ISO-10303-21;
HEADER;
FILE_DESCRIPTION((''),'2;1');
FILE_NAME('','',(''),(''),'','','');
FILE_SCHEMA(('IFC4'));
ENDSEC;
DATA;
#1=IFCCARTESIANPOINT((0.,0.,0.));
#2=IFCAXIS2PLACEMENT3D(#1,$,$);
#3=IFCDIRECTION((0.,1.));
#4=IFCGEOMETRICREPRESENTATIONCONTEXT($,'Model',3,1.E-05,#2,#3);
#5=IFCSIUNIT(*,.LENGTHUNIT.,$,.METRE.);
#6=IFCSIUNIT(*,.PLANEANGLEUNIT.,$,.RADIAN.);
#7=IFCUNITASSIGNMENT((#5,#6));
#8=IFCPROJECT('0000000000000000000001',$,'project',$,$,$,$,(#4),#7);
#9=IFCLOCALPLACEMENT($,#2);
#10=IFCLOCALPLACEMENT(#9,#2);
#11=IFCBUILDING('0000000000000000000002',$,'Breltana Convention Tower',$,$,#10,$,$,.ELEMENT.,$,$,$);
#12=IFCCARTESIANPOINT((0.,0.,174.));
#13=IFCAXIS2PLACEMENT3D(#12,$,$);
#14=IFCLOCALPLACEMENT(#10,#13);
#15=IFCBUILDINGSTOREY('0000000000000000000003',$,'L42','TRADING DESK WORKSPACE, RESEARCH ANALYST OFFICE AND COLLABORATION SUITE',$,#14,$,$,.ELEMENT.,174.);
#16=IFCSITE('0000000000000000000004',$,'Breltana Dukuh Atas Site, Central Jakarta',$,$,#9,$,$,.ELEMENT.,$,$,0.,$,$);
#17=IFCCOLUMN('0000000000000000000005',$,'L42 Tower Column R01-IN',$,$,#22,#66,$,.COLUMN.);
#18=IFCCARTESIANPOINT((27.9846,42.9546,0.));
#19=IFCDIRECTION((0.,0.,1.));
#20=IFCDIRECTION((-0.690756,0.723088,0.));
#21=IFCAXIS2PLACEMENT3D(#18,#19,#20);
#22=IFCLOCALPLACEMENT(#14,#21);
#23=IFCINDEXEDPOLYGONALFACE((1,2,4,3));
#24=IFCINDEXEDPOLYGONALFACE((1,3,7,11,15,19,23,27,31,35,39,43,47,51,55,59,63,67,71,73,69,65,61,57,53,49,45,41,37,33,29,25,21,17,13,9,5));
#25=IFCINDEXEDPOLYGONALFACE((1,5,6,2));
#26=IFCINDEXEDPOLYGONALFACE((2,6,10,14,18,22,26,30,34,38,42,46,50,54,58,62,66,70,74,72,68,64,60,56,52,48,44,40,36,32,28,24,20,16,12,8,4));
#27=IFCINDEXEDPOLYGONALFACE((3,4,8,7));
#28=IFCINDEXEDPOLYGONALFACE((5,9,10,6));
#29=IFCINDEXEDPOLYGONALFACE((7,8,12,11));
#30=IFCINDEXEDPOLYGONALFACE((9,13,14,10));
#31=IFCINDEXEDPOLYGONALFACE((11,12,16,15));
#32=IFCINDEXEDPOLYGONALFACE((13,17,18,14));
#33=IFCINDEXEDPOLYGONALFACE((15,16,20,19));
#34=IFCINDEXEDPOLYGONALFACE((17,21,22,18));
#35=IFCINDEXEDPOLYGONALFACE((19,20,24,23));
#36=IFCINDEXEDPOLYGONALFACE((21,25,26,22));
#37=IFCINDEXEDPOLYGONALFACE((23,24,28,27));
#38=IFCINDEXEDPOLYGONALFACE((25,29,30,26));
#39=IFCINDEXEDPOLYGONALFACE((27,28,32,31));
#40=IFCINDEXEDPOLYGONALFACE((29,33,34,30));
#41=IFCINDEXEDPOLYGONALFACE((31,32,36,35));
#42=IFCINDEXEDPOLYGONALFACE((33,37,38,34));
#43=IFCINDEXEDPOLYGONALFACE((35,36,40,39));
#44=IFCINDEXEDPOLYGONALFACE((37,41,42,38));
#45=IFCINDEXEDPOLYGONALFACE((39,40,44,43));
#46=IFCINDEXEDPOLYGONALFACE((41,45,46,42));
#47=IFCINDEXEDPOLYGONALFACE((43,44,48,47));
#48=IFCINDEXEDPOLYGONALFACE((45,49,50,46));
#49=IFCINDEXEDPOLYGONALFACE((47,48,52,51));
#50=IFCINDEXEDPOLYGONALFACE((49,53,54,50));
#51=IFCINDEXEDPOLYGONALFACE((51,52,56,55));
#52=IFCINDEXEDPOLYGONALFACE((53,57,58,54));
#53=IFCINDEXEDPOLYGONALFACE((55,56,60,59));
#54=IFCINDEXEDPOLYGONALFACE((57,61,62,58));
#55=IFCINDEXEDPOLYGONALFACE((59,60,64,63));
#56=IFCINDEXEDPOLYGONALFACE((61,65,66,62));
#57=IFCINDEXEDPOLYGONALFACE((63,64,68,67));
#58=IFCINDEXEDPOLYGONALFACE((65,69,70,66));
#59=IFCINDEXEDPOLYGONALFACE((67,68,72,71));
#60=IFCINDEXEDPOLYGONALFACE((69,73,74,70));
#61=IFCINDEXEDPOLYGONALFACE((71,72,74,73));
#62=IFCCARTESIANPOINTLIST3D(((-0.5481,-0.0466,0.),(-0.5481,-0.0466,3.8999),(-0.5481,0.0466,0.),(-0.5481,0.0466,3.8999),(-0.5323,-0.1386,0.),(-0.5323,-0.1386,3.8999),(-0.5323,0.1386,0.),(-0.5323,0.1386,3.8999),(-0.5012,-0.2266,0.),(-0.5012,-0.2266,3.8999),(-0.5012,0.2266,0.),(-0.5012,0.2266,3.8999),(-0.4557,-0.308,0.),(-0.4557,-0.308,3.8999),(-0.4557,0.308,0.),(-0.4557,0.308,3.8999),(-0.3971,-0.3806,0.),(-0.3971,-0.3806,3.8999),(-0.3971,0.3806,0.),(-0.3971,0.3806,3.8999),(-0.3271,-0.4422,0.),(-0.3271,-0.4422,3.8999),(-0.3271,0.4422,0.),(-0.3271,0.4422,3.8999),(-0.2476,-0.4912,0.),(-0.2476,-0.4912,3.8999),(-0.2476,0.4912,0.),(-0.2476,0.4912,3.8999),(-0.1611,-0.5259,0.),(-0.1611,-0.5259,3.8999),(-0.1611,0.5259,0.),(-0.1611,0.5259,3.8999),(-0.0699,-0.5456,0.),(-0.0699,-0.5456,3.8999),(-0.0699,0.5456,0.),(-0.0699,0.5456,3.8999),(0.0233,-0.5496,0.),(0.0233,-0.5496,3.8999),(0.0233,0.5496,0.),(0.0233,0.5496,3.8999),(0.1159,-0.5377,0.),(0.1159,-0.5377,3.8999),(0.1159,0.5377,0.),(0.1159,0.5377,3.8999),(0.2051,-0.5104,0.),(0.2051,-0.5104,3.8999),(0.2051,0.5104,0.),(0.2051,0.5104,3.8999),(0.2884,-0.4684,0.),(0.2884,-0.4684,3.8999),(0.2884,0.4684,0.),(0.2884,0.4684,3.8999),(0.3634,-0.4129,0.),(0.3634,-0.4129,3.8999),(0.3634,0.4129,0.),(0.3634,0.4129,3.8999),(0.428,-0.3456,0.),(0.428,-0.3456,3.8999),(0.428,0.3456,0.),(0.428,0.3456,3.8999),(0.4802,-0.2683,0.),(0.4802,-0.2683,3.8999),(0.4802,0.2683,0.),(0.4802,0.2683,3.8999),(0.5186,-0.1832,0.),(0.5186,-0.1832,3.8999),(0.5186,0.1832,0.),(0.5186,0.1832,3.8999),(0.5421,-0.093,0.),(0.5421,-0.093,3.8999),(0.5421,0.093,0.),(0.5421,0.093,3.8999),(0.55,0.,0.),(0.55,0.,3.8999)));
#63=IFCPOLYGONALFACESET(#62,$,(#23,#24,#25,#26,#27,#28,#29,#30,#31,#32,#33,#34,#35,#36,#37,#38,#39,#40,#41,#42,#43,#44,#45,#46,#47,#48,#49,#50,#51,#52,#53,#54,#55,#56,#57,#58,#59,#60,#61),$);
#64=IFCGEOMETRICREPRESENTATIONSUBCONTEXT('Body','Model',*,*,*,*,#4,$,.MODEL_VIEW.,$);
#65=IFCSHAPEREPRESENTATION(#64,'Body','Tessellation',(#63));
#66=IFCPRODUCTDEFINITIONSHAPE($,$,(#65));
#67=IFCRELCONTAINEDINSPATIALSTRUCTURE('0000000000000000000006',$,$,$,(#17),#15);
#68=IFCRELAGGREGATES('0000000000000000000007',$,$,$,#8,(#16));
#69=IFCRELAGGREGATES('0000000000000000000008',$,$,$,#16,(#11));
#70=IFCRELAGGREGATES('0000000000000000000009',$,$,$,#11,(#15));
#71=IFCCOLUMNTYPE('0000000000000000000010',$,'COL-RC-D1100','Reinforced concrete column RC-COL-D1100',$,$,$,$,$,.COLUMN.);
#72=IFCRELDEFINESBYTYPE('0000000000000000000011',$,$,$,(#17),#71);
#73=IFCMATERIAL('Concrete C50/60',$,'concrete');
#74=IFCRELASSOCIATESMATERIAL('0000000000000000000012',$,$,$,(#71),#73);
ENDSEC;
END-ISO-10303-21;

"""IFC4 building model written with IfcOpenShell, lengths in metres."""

from ifc_helpers import new_model, si_unit, direction, frame, origin, origin_2d, place, context, subcontext, project, spatial, circle, extrude, source, transform, mapped, material, material_profile, profile_set, type_object, element, save


model = new_model("IFC4")

# Units and contexts
model_context = context("Model", 3, precision=1e-05, world=origin(), true_north=direction((0.0, 1.0)))
body_context = subcontext(model_context, "Body", "Model", "MODEL_VIEW")
ifc_project = project(units=[si_unit("LENGTHUNIT", "METRE"), si_unit("PLANEANGLEUNIT", "RADIAN")], contexts=[model_context])

# Site, building, storey
site_placement = place(None, origin())
site = spatial("IfcSite", under=ifc_project, at=site_placement, Name="Breltana Dukuh Atas Site, Central Jakarta", CompositionType="ELEMENT", RefElevation=0.0)
building_placement = place(site_placement, origin())
building = spatial("IfcBuilding", under=site, at=building_placement, Name="Breltana Convention Tower", CompositionType="ELEMENT")
storey_placement = place(building_placement, frame((0.0, 0.0, 174.0)))
storey = spatial("IfcBuildingStorey", under=building, at=storey_placement, Name="L42", Description="TRADING DESK WORKSPACE, RESEARCH ANALYST OFFICE AND COLLABORATION SUITE", CompositionType="ELEMENT", Elevation=174.0)

# Column
ifc_material_1 = material(Name="Concrete C50/60", Category="concrete")
ifc_material_profile_1 = material_profile(ifc_material_1, circle(Radius=0.55, at=origin_2d()), Name="RC-COL-D1100")
ifc_profile_set_1 = profile_set([ifc_material_profile_1], Name="Concrete C50/60")
column_type = type_object("IfcColumnType", Name="COL-RC-D1100", Description="Reinforced concrete column RC-COL-D1100", PredefinedType="COLUMN", material=ifc_profile_set_1)
shared_shape_1 = source(origin(), body_context, "Body", "SweptSolid", [
    extrude(circle(Radius=0.55, at=origin_2d()), origin(), (0.0, 0.0, 1.0), 3.8999),
])
column_placement = place(storey_placement, frame((27.9846, 42.9546, 0.0), z_axis=(0.0, 0.0, 1.0), x_axis=(-0.690756, 0.723088, 0.0)))
element("IfcColumn", 1, at=column_placement, inside=storey, type_object=column_type, Name="L42 Tower Column R01-IN", PredefinedType="COLUMN", context=body_context, shape_type="MappedRepresentation", body=[
    mapped(shared_shape_1, transform((0.0, 0.0, 0.0), scale=1.0)),
])

save(model, "model.ifc")
